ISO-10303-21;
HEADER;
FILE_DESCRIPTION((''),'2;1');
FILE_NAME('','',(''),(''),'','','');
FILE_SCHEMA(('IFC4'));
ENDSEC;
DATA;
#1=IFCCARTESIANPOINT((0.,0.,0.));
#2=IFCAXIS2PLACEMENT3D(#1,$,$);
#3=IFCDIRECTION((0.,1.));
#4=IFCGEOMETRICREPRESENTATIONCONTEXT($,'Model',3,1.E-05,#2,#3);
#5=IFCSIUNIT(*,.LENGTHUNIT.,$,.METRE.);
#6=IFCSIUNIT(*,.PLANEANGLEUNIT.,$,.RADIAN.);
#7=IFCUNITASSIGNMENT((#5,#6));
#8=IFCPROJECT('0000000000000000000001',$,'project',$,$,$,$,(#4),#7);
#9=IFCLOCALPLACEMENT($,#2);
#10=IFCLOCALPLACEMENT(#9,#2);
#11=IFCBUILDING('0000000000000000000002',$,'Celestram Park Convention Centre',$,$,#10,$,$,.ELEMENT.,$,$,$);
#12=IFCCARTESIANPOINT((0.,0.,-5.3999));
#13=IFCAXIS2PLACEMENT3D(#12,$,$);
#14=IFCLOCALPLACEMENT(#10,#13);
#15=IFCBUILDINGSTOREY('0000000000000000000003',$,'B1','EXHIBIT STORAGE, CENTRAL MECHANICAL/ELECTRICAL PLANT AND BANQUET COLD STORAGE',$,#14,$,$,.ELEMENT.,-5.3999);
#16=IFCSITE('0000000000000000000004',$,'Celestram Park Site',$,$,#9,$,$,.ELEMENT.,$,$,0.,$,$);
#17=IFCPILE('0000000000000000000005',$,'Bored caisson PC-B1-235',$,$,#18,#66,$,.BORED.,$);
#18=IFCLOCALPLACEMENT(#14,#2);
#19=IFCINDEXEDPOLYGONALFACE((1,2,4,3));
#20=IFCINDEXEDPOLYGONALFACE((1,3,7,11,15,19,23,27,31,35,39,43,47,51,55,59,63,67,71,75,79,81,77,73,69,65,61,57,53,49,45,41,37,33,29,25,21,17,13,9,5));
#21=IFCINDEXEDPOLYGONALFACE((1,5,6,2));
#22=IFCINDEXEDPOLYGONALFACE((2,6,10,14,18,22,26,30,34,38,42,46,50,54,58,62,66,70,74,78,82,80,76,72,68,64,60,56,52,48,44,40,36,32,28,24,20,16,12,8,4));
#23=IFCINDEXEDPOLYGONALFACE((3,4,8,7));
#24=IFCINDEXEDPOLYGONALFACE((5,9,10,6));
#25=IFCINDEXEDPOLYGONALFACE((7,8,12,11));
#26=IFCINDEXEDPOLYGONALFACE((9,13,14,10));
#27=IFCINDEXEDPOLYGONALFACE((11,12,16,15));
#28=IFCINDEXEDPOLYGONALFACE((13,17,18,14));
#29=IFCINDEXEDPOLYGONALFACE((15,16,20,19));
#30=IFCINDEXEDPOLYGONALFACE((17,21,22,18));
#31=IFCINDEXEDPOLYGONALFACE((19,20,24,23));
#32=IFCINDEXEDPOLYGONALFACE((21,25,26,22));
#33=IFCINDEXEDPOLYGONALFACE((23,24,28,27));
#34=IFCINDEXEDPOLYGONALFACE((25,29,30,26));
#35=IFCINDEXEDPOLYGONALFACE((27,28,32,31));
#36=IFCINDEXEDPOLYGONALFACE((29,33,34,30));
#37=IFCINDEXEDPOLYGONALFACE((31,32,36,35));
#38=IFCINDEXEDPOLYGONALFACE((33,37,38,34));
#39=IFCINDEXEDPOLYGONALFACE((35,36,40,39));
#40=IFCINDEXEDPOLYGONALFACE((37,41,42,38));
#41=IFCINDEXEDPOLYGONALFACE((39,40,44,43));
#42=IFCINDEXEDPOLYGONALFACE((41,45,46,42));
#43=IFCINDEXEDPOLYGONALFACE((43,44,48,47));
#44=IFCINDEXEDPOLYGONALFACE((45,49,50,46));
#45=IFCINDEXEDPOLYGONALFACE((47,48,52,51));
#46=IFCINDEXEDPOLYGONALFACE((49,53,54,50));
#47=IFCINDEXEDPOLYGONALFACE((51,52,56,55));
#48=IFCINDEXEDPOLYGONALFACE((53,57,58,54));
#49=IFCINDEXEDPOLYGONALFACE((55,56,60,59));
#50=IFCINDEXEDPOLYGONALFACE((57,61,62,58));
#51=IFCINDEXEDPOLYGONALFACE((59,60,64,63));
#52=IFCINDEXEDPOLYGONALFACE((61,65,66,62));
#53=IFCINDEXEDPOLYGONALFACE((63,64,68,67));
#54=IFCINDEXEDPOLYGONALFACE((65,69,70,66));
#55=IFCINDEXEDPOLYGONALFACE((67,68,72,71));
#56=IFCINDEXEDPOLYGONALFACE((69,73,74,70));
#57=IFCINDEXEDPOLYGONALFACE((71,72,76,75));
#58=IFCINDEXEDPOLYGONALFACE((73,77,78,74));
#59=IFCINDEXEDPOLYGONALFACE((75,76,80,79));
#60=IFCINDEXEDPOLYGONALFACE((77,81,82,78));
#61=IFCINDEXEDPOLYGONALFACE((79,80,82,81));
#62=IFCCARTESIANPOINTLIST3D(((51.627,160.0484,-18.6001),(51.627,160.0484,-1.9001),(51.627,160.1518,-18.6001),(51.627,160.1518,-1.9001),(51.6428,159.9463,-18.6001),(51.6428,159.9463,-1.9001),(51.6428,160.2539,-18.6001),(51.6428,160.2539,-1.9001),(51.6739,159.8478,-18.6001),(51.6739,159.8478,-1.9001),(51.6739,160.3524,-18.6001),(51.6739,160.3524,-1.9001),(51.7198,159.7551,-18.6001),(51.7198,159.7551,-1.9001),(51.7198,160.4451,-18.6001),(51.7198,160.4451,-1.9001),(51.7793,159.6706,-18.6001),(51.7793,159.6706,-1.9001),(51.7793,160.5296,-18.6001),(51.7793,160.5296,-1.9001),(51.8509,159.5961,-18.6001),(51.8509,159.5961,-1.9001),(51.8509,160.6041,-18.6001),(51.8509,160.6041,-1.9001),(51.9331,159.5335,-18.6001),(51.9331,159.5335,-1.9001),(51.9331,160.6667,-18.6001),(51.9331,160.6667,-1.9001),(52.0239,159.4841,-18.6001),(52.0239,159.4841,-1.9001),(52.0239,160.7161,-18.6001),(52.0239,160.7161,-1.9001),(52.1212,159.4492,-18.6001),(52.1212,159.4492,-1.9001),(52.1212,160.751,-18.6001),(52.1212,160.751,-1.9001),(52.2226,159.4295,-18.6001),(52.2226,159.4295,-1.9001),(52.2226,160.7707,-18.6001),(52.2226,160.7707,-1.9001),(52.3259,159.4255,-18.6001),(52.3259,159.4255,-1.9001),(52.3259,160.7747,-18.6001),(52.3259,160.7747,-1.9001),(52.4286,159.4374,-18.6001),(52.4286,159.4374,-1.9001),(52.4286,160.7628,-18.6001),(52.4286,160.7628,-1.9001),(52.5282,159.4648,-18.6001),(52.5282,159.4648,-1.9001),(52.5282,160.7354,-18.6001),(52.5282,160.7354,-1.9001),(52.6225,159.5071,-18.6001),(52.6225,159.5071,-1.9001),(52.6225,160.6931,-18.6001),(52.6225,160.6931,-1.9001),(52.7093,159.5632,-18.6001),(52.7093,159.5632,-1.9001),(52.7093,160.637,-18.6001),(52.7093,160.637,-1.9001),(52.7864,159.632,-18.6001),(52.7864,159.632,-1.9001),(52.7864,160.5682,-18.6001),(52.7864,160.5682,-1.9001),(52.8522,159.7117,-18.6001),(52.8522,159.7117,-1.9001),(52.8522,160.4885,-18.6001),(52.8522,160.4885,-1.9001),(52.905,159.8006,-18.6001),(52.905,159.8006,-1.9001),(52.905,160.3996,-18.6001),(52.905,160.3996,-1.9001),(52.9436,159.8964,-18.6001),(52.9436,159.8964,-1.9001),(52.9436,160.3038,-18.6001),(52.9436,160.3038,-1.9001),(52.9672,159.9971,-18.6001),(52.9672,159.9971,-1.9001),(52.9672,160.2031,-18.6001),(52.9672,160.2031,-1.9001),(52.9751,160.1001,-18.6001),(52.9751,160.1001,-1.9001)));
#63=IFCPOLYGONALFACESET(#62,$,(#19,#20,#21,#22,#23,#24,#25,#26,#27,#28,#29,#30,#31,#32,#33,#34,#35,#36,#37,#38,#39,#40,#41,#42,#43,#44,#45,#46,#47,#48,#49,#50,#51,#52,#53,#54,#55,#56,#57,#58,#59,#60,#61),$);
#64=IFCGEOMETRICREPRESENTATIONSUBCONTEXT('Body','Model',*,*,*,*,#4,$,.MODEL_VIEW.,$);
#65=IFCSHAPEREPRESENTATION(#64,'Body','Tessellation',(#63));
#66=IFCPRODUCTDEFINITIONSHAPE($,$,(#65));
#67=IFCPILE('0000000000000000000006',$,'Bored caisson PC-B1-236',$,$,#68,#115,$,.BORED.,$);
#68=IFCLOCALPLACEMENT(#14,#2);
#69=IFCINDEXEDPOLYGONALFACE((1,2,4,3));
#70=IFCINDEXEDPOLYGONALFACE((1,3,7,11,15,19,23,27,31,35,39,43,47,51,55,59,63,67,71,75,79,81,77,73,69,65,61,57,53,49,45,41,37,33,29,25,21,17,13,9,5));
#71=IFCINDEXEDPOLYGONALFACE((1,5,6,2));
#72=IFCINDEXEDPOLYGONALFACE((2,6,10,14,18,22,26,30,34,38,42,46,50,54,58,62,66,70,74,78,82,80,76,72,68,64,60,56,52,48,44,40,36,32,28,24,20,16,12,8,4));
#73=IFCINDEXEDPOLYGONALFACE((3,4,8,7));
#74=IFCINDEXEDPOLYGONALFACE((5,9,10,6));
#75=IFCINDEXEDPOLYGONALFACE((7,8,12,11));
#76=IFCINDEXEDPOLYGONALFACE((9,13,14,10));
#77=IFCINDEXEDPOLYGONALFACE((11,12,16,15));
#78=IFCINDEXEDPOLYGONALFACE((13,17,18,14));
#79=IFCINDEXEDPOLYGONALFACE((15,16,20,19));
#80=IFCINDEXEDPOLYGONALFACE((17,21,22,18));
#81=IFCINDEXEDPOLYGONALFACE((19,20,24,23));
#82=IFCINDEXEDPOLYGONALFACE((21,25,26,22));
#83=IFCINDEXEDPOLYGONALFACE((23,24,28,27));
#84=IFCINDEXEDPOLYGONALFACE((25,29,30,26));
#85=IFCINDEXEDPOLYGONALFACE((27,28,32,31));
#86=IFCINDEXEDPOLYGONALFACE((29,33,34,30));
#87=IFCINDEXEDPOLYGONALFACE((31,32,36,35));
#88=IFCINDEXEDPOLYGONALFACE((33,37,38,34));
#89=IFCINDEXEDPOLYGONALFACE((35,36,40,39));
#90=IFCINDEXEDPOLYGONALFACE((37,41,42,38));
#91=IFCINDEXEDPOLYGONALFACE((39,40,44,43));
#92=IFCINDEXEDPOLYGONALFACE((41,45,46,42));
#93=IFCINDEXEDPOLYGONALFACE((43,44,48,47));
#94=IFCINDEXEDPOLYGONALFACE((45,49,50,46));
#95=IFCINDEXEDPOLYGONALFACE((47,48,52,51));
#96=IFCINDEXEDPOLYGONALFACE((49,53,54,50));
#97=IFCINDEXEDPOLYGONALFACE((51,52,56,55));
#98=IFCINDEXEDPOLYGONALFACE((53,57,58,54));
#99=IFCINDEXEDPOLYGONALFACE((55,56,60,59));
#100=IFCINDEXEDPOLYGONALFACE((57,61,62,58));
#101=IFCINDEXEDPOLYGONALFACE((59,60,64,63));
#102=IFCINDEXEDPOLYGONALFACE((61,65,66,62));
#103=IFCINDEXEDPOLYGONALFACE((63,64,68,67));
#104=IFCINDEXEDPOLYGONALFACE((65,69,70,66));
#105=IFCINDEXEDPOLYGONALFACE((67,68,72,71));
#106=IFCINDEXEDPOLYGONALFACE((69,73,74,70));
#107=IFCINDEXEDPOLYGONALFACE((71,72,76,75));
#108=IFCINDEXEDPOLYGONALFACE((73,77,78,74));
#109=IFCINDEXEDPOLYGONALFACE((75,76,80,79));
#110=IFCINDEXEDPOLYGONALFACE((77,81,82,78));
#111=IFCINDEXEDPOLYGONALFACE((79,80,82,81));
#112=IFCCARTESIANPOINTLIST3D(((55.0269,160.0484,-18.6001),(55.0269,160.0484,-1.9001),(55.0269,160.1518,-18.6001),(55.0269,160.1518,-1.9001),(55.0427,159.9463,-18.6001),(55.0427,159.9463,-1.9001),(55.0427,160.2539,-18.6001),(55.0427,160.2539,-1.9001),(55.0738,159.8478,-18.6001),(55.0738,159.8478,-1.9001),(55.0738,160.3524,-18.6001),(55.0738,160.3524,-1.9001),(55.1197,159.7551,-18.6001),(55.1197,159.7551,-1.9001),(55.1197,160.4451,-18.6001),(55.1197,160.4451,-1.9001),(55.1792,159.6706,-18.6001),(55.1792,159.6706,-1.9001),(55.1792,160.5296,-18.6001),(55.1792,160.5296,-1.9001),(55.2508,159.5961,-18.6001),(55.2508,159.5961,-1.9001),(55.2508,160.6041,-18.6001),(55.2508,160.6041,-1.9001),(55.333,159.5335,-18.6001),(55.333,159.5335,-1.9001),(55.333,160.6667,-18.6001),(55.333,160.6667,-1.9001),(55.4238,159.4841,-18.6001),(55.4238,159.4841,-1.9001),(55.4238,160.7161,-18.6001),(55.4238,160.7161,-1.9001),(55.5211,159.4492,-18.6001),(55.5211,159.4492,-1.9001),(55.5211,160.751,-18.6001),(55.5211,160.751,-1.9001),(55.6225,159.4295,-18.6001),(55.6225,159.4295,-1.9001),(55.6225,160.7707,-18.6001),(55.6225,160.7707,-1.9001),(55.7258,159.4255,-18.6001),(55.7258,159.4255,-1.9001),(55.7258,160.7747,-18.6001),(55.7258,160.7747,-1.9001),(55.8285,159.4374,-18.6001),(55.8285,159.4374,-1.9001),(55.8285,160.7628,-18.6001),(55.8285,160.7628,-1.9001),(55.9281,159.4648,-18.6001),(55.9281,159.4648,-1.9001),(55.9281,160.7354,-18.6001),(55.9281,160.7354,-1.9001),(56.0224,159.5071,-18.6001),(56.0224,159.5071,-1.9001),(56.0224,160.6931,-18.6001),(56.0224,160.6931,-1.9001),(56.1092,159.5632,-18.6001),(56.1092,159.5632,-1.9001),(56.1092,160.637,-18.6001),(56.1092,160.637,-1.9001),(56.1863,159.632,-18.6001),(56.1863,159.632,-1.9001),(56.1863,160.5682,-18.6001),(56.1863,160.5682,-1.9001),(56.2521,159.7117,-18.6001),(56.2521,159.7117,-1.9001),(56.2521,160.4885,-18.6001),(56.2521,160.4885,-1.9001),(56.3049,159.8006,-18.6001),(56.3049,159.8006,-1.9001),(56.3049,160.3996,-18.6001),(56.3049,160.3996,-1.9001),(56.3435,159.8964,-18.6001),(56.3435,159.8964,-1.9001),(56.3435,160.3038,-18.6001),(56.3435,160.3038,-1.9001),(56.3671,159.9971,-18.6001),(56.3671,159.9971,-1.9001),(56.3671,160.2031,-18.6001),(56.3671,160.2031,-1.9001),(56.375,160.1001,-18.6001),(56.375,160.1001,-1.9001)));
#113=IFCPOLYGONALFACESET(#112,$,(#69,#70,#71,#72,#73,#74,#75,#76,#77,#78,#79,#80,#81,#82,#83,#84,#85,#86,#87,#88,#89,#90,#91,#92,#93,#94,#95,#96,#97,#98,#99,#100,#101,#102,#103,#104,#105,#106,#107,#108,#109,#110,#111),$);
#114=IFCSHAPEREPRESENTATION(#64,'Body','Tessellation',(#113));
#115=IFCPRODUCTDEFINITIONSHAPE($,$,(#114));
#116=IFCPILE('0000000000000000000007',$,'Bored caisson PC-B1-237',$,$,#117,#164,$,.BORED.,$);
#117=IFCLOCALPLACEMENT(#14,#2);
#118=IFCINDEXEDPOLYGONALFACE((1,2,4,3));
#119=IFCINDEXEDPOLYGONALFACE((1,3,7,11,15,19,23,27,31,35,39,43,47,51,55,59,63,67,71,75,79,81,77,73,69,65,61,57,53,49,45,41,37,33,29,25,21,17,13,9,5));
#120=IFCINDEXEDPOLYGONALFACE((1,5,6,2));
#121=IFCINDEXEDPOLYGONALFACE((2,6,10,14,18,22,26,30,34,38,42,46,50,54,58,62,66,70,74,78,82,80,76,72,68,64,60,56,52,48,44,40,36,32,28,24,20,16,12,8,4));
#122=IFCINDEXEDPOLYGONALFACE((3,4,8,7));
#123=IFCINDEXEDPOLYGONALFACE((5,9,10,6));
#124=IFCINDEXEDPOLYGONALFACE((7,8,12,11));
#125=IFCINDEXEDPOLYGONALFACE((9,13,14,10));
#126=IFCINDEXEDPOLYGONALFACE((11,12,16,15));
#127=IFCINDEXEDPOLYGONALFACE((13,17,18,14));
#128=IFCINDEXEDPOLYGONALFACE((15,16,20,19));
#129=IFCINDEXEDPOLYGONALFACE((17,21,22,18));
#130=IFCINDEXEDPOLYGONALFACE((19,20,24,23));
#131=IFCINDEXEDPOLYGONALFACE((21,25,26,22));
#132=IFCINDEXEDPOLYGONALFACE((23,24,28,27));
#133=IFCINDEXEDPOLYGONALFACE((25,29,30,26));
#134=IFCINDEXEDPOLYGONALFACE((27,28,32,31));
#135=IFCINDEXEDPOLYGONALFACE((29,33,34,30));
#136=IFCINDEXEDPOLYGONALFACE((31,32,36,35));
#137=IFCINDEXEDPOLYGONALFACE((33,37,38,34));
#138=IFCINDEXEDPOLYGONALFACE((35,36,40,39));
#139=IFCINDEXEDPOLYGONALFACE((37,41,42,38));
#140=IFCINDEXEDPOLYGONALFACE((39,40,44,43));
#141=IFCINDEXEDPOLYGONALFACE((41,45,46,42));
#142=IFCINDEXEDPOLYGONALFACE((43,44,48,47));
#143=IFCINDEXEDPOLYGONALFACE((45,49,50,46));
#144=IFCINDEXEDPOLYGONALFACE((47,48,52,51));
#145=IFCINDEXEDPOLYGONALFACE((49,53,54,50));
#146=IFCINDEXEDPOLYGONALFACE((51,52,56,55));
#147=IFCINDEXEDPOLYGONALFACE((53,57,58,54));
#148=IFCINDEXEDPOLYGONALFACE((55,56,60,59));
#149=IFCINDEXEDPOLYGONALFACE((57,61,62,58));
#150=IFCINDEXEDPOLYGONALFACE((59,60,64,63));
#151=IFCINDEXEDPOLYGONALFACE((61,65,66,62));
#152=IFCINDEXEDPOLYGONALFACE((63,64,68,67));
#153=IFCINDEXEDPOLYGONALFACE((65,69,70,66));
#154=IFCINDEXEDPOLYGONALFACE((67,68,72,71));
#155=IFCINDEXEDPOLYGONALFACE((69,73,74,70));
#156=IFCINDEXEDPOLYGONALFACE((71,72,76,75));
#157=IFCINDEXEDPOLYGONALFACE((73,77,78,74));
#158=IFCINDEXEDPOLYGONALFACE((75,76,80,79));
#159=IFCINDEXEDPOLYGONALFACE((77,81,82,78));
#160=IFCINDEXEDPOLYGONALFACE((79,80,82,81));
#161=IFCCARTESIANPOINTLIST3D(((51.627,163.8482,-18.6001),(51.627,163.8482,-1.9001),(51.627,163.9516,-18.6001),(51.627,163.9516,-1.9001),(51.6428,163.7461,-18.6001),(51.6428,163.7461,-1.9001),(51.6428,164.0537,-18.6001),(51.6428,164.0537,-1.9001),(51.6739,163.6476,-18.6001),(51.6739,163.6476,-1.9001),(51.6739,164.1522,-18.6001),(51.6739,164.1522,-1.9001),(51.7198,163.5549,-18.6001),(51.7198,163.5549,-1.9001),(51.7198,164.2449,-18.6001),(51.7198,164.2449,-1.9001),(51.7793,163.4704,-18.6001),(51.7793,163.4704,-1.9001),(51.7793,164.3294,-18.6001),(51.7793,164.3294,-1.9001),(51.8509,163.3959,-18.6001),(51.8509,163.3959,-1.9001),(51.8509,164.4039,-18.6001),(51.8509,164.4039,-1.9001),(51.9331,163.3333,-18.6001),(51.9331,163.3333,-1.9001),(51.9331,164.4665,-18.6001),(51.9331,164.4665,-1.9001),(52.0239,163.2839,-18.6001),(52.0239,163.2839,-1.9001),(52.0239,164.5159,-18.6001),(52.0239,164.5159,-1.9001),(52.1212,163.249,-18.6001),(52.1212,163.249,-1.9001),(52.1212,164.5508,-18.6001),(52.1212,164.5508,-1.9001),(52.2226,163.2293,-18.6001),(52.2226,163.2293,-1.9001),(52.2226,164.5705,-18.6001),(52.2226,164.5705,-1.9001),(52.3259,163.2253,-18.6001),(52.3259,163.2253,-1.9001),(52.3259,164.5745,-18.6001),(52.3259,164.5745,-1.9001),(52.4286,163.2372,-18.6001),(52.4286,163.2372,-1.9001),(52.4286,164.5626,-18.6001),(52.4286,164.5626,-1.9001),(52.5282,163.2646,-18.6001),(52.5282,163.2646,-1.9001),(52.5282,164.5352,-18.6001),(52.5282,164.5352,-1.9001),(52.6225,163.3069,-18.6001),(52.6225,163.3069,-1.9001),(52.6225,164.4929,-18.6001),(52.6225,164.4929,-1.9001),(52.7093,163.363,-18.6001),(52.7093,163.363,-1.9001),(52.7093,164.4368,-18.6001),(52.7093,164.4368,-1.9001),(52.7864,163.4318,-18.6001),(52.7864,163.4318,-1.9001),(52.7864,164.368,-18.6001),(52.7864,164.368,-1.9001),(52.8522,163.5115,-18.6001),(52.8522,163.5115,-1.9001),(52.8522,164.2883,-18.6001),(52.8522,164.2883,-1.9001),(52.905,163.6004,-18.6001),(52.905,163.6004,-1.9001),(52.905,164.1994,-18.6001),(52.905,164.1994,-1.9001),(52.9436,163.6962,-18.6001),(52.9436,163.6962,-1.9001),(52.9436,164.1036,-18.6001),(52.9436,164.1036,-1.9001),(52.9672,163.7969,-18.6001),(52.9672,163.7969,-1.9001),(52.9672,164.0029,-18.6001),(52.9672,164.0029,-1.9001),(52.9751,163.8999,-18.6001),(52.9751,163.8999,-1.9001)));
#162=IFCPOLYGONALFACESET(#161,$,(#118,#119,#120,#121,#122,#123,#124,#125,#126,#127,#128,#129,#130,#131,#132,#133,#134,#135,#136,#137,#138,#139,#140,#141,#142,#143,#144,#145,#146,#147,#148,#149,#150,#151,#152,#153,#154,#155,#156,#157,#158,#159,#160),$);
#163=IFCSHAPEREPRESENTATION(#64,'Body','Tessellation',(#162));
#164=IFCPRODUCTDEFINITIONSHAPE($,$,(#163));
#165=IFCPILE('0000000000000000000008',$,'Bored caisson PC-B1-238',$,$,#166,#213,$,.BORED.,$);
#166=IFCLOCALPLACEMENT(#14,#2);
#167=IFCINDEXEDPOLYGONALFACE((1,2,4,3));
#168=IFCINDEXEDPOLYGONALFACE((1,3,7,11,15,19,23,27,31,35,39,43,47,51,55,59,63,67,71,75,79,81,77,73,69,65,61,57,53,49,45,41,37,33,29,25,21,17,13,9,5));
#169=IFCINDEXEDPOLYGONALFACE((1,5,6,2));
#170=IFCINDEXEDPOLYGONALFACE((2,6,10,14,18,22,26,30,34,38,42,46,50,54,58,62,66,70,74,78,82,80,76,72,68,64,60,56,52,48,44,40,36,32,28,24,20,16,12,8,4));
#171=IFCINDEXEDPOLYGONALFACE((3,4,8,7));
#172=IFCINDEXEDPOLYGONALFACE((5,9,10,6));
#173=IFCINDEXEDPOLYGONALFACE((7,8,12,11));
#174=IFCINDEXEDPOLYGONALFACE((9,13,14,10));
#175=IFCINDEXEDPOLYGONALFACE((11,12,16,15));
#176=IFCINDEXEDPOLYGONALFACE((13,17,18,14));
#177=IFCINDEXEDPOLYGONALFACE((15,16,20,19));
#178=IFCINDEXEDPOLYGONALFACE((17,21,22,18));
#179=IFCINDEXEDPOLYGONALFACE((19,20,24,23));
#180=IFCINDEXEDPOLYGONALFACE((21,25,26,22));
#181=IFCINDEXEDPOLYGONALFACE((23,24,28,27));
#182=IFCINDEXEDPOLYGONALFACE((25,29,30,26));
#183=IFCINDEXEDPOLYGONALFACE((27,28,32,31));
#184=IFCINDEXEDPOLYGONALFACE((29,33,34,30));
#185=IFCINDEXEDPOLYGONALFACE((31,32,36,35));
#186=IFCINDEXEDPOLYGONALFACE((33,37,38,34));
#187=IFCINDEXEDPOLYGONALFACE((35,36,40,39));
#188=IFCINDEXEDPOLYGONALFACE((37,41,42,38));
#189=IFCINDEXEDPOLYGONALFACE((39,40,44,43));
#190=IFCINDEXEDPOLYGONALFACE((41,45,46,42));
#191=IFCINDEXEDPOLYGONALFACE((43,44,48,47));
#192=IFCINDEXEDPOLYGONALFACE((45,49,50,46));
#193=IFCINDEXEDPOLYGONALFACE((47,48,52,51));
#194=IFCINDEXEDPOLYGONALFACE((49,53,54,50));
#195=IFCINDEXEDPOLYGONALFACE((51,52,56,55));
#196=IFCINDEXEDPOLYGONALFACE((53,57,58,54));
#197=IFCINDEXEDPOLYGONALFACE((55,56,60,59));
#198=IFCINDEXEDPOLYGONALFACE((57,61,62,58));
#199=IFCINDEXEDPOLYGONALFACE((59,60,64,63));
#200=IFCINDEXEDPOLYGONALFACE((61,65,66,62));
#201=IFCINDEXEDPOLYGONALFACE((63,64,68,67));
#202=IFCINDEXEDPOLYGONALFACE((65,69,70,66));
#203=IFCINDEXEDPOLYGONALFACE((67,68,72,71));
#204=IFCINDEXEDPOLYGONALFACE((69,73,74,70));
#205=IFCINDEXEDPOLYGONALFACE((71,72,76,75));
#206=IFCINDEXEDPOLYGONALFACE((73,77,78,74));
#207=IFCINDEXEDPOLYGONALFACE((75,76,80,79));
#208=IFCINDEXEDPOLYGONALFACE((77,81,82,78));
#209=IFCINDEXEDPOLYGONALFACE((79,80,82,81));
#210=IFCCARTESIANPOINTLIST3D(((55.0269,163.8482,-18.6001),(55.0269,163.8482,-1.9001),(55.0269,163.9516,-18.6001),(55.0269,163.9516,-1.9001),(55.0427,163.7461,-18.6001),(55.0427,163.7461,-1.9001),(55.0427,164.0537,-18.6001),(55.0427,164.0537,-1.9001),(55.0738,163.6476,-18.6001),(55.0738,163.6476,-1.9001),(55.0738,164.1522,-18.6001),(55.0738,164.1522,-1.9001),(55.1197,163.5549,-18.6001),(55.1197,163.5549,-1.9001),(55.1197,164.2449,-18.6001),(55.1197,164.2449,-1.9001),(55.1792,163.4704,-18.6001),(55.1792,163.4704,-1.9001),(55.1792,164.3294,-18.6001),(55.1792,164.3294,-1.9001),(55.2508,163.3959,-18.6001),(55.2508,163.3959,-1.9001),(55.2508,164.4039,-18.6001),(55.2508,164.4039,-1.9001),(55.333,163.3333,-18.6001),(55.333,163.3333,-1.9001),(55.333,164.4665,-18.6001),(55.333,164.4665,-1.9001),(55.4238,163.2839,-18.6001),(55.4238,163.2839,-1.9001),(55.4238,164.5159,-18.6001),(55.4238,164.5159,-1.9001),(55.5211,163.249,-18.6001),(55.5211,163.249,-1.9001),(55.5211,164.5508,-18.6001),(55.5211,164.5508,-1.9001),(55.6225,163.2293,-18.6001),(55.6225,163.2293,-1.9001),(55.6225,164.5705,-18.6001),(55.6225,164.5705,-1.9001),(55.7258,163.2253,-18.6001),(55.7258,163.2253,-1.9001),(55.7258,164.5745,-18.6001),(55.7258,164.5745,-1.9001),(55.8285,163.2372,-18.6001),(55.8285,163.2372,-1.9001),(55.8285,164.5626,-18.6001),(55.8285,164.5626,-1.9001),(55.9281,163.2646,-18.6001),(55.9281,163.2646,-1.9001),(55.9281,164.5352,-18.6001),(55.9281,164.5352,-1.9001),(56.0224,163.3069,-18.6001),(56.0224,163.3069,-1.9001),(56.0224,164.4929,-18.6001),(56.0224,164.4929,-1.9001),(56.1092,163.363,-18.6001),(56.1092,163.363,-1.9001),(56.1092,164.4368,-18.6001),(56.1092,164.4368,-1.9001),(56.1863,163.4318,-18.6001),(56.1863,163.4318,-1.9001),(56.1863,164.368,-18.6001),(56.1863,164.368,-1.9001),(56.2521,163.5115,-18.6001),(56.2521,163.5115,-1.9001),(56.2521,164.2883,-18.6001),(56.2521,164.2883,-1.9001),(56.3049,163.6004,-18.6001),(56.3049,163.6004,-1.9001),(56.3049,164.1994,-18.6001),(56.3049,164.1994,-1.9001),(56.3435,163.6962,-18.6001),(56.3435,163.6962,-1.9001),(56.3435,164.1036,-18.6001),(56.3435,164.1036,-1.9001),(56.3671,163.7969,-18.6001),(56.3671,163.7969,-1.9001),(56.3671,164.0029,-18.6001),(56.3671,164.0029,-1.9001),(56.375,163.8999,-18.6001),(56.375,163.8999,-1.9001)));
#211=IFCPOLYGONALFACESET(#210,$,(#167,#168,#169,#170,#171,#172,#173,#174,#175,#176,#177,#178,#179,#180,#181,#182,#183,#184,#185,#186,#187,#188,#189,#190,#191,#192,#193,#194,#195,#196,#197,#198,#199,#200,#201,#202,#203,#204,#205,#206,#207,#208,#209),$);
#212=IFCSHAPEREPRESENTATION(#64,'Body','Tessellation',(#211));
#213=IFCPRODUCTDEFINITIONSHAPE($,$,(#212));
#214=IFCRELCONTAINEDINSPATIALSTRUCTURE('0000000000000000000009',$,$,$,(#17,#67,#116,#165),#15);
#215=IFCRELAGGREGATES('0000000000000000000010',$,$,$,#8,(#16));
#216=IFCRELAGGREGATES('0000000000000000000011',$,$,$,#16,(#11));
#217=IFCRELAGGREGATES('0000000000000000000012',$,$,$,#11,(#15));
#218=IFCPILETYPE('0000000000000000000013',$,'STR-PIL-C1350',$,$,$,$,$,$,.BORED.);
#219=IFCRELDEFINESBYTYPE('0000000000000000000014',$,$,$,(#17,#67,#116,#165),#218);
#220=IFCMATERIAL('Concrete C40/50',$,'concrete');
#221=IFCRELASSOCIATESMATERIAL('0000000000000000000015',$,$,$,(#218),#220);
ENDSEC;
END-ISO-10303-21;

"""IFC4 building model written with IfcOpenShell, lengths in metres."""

from ifc_helpers import new_model, si_unit, direction, frame, origin, origin_2d, place, context, subcontext, project, spatial, circle, extrude, material, material_profile, profile_set, type_object, element, save


model = new_model("IFC4")

# Units and contexts
model_context = context("Model", 3, precision=1e-05, world=origin(), true_north=direction((0.0, 1.0)))
body_context = subcontext(model_context, "Body", "Model", "MODEL_VIEW")
ifc_project = project(units=[si_unit("LENGTHUNIT", "METRE"), si_unit("PLANEANGLEUNIT", "RADIAN")], contexts=[model_context])

# Site, building, storey
site_placement = place(None, origin())
site = spatial("IfcSite", under=ifc_project, at=site_placement, Name="Celestram Park Site", CompositionType="ELEMENT", RefElevation=0.0)
building_placement = place(site_placement, origin())
building = spatial("IfcBuilding", under=site, at=building_placement, Name="Celestram Park Convention Centre", CompositionType="ELEMENT")
storey_placement = place(building_placement, frame((0.0, 0.0, -5.3999)))
storey = spatial("IfcBuildingStorey", under=building, at=storey_placement, Name="B1", Description="EXHIBIT STORAGE, CENTRAL MECHANICAL/ELECTRICAL PLANT AND BANQUET COLD STORAGE", CompositionType="ELEMENT", Elevation=-5.3999)

# Shared definitions
ifc_material_1 = material(Name="Concrete C40/50", Category="concrete")

# Piles
ifc_material_profile_1 = material_profile(ifc_material_1, circle(Radius=0.675, at=origin_2d()), Name="CAISSON1350")
ifc_profile_set_1 = profile_set([ifc_material_profile_1], Name="Concrete C40/50")
pile_type = type_object("IfcPileType", Name="STR-PIL-C1350", PredefinedType="BORED", material=ifc_profile_set_1)
for number, where, z_axis, x_axis, name in (
    (1, (52.3, 160.1001, -1.9001), (0.0, 0.0, -1.0), (1.0, 0.0, 0.0), "Bored caisson PC-B1-235"),
    (2, (55.7, 160.1001, -1.9001), (0.0, 0.0, -1.0), (1.0, 0.0, 0.0), "Bored caisson PC-B1-236"),
    (3, (52.3, 163.8999, -1.9001), (0.0, 0.0, -1.0), (1.0, 0.0, 0.0), "Bored caisson PC-B1-237"),
    (4, (55.7, 163.8999, -1.9001), (0.0, 0.0, -1.0), (1.0, 0.0, 0.0), "Bored caisson PC-B1-238"),
):
    element("IfcPile", number, at=place(storey_placement, frame(where, z_axis=z_axis, x_axis=x_axis)), inside=storey, type_object=pile_type, Name=name, PredefinedType="BORED", context=body_context, shape_type="SweptSolid", body=[
        extrude(circle(Radius=0.675, at=origin_2d()), origin(), (0.0, 0.0, 1.0), 16.7),
    ])

save(model, "model.ifc")
